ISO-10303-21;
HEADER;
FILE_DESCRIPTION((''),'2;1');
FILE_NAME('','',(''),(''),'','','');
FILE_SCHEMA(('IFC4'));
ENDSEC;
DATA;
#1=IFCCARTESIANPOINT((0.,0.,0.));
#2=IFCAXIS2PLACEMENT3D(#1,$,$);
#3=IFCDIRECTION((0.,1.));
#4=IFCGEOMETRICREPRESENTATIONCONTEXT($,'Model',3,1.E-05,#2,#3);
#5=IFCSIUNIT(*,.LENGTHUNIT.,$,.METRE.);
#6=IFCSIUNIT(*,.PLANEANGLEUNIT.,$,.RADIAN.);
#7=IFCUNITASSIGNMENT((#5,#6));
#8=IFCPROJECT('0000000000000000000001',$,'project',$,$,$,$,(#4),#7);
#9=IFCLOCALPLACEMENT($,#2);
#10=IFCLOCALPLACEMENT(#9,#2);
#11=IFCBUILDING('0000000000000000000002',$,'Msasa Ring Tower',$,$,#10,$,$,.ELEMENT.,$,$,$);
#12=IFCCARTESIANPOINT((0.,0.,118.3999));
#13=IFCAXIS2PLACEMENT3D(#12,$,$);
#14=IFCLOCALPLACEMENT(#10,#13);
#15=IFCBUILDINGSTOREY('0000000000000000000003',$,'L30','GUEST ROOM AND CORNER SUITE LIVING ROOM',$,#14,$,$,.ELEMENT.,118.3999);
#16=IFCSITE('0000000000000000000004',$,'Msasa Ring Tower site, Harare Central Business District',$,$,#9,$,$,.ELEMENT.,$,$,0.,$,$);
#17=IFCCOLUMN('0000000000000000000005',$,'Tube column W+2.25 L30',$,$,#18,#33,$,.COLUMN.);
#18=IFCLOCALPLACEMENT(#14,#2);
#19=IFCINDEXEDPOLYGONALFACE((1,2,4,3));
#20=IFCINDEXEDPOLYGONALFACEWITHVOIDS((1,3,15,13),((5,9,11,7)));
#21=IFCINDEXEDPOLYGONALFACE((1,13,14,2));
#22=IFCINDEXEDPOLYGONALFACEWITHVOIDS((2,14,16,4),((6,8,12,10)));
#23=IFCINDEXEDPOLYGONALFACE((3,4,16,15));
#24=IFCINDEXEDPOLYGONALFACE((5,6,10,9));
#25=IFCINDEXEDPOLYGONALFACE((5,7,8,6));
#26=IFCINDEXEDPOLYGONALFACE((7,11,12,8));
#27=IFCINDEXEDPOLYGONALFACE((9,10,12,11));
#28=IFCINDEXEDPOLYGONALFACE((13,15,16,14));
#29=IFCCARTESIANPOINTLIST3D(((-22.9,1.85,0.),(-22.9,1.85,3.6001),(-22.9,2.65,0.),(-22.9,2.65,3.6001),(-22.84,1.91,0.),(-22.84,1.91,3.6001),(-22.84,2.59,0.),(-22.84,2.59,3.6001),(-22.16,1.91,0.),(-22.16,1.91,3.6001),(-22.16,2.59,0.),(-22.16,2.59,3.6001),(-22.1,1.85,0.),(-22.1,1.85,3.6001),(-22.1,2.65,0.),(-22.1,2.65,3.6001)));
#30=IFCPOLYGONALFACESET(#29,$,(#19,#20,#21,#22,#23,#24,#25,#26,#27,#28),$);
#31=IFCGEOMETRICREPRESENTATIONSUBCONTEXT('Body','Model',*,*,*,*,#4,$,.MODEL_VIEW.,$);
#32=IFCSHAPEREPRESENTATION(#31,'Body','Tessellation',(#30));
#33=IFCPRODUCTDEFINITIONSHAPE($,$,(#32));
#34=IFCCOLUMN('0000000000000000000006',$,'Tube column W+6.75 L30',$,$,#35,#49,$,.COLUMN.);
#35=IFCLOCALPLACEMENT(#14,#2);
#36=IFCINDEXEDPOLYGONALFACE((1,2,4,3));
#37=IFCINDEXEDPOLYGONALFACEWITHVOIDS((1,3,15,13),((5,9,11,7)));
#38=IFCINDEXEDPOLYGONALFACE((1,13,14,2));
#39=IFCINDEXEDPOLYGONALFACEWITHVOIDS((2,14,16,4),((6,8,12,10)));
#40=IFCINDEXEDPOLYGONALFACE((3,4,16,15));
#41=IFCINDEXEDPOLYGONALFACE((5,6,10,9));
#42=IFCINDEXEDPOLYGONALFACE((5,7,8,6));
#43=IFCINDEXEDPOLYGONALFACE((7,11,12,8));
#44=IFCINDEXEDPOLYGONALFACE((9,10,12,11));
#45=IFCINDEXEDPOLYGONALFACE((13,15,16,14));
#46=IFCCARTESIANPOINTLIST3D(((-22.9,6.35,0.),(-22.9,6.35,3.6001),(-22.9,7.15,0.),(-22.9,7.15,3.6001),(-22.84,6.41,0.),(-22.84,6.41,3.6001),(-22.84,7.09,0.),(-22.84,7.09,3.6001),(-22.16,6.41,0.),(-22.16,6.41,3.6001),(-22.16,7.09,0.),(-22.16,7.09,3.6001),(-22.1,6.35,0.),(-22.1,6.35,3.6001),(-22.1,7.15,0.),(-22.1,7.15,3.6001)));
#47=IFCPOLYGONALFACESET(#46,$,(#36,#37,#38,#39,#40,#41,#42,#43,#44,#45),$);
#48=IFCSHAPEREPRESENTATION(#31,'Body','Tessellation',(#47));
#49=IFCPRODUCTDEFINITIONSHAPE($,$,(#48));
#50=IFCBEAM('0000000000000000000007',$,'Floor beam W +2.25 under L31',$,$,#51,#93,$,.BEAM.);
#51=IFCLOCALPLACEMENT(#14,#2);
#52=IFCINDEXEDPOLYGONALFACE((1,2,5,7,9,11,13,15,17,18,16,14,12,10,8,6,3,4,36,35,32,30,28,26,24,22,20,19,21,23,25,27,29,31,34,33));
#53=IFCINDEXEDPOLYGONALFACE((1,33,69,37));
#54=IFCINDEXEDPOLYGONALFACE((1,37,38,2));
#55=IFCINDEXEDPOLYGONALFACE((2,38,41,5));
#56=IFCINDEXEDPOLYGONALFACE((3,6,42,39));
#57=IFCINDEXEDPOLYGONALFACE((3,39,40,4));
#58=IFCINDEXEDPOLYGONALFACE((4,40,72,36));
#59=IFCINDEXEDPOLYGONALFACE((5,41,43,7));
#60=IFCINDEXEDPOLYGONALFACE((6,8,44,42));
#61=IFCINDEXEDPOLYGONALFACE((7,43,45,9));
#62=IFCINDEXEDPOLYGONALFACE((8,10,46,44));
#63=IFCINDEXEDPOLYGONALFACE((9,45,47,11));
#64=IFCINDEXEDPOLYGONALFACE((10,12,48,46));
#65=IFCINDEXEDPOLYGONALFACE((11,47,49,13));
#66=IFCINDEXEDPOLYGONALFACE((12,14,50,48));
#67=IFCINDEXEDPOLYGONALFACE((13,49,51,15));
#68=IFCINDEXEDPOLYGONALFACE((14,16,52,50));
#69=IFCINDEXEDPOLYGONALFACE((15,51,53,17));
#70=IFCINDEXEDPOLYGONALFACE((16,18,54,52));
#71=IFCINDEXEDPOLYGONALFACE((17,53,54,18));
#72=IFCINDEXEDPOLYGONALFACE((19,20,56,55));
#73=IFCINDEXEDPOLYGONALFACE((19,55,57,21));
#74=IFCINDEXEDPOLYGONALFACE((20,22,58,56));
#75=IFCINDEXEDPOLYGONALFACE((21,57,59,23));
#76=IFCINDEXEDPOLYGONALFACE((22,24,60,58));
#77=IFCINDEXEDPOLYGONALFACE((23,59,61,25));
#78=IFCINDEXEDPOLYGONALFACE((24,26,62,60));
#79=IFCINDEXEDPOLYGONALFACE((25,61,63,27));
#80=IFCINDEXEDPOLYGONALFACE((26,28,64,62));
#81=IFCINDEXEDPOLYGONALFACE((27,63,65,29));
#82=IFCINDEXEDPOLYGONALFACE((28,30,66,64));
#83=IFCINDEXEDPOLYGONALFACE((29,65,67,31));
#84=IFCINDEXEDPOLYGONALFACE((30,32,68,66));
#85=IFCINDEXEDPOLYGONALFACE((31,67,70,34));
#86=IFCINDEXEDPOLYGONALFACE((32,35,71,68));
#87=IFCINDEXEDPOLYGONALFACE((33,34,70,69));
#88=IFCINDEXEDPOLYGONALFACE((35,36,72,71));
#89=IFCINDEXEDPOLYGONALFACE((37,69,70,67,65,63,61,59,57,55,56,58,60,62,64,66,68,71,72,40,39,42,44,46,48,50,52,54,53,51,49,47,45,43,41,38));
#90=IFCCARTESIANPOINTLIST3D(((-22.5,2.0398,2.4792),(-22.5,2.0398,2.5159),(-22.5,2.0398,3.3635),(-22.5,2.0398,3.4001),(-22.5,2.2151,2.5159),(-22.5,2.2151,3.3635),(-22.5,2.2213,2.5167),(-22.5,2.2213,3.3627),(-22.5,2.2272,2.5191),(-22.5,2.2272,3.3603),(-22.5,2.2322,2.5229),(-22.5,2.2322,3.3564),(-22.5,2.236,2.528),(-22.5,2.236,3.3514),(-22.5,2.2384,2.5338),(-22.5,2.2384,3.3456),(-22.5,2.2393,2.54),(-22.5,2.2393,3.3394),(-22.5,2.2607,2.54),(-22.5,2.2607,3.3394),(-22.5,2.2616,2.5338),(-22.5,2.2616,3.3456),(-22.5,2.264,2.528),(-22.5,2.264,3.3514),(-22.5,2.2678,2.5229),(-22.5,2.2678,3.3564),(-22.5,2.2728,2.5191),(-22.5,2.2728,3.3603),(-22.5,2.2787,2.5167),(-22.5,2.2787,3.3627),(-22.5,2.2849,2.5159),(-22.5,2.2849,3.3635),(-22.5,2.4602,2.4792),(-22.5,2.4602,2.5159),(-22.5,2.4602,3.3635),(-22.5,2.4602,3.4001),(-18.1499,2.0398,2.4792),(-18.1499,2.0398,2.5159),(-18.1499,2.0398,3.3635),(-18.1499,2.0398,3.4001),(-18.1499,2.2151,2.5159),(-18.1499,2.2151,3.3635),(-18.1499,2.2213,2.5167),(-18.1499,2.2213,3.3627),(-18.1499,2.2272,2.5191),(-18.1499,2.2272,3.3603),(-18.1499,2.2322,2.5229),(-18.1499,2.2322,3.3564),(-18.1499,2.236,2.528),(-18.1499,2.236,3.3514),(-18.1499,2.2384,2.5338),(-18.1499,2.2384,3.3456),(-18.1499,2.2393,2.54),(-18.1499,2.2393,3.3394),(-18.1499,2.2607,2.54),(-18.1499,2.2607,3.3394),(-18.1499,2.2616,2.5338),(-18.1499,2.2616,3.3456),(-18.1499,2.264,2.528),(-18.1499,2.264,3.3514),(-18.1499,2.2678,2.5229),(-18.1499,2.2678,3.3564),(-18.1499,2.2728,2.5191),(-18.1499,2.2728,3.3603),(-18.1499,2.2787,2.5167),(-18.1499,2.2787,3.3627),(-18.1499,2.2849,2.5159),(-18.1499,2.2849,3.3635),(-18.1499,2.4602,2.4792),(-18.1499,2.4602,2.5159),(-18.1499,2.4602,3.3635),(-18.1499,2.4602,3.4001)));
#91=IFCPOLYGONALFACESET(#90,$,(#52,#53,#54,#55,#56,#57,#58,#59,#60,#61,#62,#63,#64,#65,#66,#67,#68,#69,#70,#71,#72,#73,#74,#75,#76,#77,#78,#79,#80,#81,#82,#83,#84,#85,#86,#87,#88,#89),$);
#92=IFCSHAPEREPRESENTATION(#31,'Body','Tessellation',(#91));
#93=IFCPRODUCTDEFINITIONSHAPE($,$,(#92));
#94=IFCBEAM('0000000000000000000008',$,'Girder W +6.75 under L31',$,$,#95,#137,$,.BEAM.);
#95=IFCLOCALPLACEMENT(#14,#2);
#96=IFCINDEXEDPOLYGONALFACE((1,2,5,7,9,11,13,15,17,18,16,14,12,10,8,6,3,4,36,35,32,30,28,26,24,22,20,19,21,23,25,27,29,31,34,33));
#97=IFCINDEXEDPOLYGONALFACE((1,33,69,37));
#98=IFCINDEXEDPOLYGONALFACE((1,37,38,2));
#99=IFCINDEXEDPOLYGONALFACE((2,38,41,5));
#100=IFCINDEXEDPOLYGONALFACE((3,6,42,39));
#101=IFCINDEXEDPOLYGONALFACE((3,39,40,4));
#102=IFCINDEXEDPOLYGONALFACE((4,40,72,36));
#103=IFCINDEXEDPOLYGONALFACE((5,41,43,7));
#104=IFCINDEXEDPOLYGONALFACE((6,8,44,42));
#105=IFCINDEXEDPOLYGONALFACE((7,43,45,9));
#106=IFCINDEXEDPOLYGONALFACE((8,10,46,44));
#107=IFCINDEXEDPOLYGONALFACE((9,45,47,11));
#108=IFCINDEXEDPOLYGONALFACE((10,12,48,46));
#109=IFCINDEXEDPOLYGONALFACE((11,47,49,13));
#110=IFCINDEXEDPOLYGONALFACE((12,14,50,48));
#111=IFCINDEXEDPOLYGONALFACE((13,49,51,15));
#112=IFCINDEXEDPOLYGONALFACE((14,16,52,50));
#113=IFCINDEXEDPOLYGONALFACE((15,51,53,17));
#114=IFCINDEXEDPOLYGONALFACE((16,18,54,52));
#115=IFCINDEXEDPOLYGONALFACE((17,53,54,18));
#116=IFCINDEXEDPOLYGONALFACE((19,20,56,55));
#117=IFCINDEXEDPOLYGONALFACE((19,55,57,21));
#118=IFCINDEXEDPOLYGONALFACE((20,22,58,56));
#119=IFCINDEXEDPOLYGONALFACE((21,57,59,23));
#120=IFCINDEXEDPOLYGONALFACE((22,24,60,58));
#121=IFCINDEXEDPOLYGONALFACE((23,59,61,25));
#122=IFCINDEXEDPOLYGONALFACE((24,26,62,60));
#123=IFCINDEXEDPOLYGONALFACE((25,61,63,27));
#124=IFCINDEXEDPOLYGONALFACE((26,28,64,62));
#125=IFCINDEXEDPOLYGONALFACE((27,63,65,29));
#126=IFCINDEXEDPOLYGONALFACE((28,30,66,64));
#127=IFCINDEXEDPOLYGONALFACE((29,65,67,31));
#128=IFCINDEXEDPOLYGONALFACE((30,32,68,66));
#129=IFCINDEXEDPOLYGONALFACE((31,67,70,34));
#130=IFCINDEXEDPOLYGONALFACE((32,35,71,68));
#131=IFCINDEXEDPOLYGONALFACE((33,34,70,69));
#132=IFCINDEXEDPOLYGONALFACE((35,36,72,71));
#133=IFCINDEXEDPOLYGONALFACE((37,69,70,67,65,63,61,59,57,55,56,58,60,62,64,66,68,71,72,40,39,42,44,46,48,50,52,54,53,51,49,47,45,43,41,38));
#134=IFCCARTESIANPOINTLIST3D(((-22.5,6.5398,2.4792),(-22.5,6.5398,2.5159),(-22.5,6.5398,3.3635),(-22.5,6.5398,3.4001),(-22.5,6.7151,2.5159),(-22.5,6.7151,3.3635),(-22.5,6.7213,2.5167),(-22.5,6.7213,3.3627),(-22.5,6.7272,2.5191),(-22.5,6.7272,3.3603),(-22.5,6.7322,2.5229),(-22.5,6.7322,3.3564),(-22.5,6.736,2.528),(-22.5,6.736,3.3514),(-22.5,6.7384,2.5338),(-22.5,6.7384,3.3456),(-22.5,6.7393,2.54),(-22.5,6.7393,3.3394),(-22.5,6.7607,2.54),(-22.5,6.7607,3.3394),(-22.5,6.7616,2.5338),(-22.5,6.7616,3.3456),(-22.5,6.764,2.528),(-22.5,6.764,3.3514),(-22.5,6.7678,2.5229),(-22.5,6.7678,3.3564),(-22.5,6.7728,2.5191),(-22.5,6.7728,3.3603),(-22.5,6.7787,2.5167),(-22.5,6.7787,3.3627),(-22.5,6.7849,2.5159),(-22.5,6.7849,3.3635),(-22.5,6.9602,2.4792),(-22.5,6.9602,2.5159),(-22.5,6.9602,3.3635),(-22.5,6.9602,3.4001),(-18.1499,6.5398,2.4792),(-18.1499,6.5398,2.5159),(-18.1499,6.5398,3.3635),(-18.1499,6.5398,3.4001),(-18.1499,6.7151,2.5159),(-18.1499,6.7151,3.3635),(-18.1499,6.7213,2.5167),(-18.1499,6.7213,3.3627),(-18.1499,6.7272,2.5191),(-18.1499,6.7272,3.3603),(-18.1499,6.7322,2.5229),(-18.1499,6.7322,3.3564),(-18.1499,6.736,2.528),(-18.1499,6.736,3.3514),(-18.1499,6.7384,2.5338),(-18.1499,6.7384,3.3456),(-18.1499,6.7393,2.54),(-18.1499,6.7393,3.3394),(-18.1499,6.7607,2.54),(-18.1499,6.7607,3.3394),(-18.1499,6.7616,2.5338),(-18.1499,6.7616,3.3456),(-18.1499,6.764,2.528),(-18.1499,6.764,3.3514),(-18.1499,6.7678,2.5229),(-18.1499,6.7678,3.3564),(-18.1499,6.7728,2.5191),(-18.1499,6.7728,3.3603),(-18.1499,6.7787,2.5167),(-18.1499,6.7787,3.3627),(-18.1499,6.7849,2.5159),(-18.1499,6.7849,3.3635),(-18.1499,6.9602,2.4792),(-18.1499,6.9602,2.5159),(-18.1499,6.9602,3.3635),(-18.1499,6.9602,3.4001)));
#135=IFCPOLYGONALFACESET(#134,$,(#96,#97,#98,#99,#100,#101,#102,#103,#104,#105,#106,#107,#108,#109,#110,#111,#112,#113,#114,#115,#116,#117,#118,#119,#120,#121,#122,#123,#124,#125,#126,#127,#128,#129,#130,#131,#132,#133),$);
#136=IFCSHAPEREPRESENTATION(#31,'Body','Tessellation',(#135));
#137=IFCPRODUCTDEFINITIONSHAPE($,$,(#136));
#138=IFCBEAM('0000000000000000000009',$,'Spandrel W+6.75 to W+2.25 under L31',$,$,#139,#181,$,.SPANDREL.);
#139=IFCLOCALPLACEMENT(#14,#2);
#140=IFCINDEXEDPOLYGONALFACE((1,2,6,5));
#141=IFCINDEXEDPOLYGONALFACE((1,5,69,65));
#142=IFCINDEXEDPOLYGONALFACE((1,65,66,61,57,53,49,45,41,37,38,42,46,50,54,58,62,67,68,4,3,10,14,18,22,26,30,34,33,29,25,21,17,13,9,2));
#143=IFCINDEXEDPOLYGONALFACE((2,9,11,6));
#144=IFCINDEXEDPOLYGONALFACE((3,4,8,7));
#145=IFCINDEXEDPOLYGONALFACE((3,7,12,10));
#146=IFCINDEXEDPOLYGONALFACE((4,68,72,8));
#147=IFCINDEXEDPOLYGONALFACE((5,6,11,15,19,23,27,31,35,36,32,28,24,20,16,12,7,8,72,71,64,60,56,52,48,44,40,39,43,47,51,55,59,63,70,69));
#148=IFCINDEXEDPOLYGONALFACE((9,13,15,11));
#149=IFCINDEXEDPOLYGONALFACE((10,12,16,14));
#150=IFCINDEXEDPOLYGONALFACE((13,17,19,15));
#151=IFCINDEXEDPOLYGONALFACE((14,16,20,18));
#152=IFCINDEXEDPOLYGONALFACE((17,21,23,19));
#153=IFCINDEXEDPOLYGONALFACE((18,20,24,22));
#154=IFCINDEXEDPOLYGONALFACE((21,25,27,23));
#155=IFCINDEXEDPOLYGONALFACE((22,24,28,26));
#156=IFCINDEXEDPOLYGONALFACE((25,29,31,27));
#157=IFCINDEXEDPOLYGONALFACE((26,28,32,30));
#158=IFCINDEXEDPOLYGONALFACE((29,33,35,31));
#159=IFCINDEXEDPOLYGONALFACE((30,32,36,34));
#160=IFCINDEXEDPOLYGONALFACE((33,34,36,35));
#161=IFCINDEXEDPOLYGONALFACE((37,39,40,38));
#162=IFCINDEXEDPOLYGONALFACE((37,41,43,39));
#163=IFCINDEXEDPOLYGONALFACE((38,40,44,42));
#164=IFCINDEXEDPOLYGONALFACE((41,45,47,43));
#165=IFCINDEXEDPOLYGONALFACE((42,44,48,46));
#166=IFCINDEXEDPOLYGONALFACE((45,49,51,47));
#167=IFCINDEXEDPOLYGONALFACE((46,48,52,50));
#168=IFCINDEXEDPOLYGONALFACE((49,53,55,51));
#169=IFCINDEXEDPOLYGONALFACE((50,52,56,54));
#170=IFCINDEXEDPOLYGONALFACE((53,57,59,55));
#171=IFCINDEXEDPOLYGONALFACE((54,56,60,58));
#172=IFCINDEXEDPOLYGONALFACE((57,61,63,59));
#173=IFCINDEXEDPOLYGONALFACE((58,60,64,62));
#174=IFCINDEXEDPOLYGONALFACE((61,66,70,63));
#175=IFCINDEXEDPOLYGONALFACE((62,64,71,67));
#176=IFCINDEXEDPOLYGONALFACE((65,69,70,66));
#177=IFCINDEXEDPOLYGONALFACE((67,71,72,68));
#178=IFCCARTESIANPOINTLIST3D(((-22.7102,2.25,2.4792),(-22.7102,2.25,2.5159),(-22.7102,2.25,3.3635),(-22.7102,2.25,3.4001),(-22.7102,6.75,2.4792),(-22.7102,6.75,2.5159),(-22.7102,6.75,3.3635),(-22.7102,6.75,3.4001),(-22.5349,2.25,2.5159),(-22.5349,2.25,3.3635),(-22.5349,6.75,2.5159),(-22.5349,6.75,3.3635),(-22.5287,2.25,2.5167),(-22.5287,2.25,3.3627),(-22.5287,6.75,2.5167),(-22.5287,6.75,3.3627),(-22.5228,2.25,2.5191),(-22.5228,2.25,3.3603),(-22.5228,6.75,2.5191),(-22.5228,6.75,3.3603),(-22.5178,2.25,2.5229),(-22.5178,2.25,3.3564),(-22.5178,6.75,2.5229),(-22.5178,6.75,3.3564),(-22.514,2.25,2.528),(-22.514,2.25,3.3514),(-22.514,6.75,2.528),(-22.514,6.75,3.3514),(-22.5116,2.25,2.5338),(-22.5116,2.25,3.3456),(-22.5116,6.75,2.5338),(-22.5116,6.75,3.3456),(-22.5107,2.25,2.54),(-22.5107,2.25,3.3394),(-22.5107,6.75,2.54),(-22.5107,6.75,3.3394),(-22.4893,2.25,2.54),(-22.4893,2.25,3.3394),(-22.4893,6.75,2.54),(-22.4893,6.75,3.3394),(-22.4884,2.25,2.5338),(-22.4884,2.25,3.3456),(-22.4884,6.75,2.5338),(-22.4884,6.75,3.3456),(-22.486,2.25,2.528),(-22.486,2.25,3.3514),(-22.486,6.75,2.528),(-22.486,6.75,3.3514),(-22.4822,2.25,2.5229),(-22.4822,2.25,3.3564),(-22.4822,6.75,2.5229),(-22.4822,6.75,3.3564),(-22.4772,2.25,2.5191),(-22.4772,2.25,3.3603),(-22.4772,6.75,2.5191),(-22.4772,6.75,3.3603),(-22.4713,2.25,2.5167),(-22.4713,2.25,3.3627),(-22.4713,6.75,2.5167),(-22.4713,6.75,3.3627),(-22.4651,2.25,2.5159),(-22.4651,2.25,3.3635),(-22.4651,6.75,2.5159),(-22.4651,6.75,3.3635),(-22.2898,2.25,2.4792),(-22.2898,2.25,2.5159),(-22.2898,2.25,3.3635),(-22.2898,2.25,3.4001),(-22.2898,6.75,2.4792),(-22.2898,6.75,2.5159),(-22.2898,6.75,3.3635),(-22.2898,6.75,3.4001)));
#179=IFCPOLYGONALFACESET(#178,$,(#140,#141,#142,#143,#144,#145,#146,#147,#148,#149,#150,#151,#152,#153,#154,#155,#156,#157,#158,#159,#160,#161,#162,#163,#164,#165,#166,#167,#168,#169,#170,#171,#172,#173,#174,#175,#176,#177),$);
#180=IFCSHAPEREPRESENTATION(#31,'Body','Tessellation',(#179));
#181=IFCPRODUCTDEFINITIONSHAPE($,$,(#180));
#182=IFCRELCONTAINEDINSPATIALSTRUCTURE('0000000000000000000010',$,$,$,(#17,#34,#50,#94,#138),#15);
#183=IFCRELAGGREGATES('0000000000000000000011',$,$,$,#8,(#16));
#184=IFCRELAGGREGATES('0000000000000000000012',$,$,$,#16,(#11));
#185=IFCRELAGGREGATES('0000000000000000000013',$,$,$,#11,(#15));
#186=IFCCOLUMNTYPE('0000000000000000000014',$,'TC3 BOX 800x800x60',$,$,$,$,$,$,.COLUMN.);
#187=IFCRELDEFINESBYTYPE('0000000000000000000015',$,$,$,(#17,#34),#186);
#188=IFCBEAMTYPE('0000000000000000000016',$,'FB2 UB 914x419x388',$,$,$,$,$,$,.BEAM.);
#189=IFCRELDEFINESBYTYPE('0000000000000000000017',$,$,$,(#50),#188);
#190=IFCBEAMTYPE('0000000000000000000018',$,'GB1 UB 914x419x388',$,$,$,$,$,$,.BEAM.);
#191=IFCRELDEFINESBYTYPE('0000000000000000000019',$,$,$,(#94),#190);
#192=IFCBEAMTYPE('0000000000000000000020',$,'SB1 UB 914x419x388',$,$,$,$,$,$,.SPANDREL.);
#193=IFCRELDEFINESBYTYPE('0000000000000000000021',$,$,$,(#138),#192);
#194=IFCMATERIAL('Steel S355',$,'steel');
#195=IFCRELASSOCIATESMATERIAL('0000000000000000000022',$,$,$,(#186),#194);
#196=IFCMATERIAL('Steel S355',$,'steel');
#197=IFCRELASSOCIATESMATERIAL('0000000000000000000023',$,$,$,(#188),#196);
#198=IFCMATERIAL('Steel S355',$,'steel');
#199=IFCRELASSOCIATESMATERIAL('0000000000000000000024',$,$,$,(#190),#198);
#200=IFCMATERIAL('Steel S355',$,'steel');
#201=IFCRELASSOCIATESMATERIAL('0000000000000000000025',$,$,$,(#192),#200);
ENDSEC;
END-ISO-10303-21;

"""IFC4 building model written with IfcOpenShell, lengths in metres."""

from ifc_helpers import new_model, si_unit, direction, frame, origin, origin_2d, place, context, subcontext, project, spatial, hollow_rectangle, i_section, extrude, material, material_profile, profile_set, type_object, element, save


model = new_model("IFC4")

# Units and contexts
model_context = context("Model", 3, precision=1e-05, world=origin(), true_north=direction((0.0, 1.0)))
body_context = subcontext(model_context, "Body", "Model", "MODEL_VIEW")
ifc_project = project(units=[si_unit("LENGTHUNIT", "METRE"), si_unit("PLANEANGLEUNIT", "RADIAN")], contexts=[model_context])

# Site, building, storey
site_placement = place(None, origin())
site = spatial("IfcSite", under=ifc_project, at=site_placement, Name="Msasa Ring Tower site, Harare Central Business District", CompositionType="ELEMENT", RefElevation=0.0)
building_placement = place(site_placement, origin())
building = spatial("IfcBuilding", under=site, at=building_placement, Name="Msasa Ring Tower", CompositionType="ELEMENT")
storey_placement = place(building_placement, frame((0.0, 0.0, 118.3999)))
storey = spatial("IfcBuildingStorey", under=building, at=storey_placement, Name="L30", Description="GUEST ROOM AND CORNER SUITE LIVING ROOM", CompositionType="ELEMENT", Elevation=118.3999)

# Columns
ifc_material_1 = material(Name="Steel S355", Category="steel")
ifc_material_profile_1 = material_profile(ifc_material_1, hollow_rectangle(XDim=0.8, YDim=0.8, WallThickness=0.0601, at=origin_2d()), Name="BOX 800x800x60")
ifc_profile_set_1 = profile_set([ifc_material_profile_1], Name="Steel S355")
column_type = type_object("IfcColumnType", Name="TC3 BOX 800x800x60", PredefinedType="COLUMN", material=ifc_profile_set_1)
for number, where, z_axis, x_axis, name in (
    (1, (-22.5, 2.25, 0.0), (0.0, 0.0, 1.0), (1.0, 0.0, 0.0), "Tube column W+2.25 L30"),
    (2, (-22.5, 6.75, 0.0), (0.0, 0.0, 1.0), (1.0, 0.0, 0.0), "Tube column W+6.75 L30"),
):
    element("IfcColumn", number, at=place(storey_placement, frame(where, z_axis=z_axis, x_axis=x_axis)), inside=storey, type_object=column_type, Name=name, PredefinedType="COLUMN", context=body_context, shape_type="SweptSolid", body=[
        extrude(hollow_rectangle(XDim=0.8, YDim=0.8, WallThickness=0.0601, at=origin_2d()), origin(), (0.0, 0.0, 1.0), 3.6001),
    ])

# Beams
ifc_material_2 = material(Name="Steel S355", Category="steel")
ifc_material_profile_2 = material_profile(ifc_material_2, i_section(OverallWidth=0.4204, OverallDepth=0.9209, WebThickness=0.0215, FlangeThickness=0.0366, FilletRadius=0.0242, at=origin_2d()), Name="UB 914x419x388")
ifc_profile_set_2 = profile_set([ifc_material_profile_2], Name="Steel S355")
beam_type_1 = type_object("IfcBeamType", Name="FB2 UB 914x419x388", PredefinedType="BEAM", material=ifc_profile_set_2)
beam_1_placement = place(storey_placement, frame((-22.5, 2.25, 2.9397), z_axis=(1.0, 0.0, 0.0), x_axis=(0.0, 1.0, 0.0)))
element("IfcBeam", 3, at=beam_1_placement, inside=storey, type_object=beam_type_1, Name="Floor beam W +2.25 under L31", PredefinedType="BEAM", context=body_context, shape_type="SweptSolid", body=[
    extrude(i_section(OverallWidth=0.4204, OverallDepth=0.9209, WebThickness=0.0215, FlangeThickness=0.0366, FilletRadius=0.0242, at=origin_2d()), origin(), (0.0, 0.0, 1.0), 4.3501),
])
ifc_material_3 = material(Name="Steel S355", Category="steel")
ifc_material_profile_3 = material_profile(ifc_material_3, i_section(OverallWidth=0.4204, OverallDepth=0.9209, WebThickness=0.0215, FlangeThickness=0.0366, FilletRadius=0.0242, at=origin_2d()), Name="UB 914x419x388")
ifc_profile_set_3 = profile_set([ifc_material_profile_3], Name="Steel S355")
beam_type_2 = type_object("IfcBeamType", Name="GB1 UB 914x419x388", PredefinedType="BEAM", material=ifc_profile_set_3)
beam_2_placement = place(storey_placement, frame((-18.1499, 6.75, 2.9397), z_axis=(-1.0, 0.0, 0.0), x_axis=(0.0, -1.0, 0.0)))
element("IfcBeam", 4, at=beam_2_placement, inside=storey, type_object=beam_type_2, Name="Girder W +6.75 under L31", PredefinedType="BEAM", context=body_context, shape_type="SweptSolid", body=[
    extrude(i_section(OverallWidth=0.4204, OverallDepth=0.9209, WebThickness=0.0215, FlangeThickness=0.0366, FilletRadius=0.0242, at=origin_2d()), origin(), (0.0, 0.0, 1.0), 4.3501),
])
ifc_material_4 = material(Name="Steel S355", Category="steel")
ifc_material_profile_4 = material_profile(ifc_material_4, i_section(OverallWidth=0.4204, OverallDepth=0.9209, WebThickness=0.0215, FlangeThickness=0.0366, FilletRadius=0.0242, at=origin_2d()), Name="UB 914x419x388")
ifc_profile_set_4 = profile_set([ifc_material_profile_4], Name="Steel S355")
beam_type_3 = type_object("IfcBeamType", Name="SB1 UB 914x419x388", PredefinedType="SPANDREL", material=ifc_profile_set_4)
for number, where, z_axis, x_axis, name in (
    (5, (-22.5, 6.75, 2.9397), (0.0, -1.0, 0.0), (1.0, 0.0, 0.0), "Spandrel W+6.75 to W+2.25 under L31"),
):
    element("IfcBeam", number, at=place(storey_placement, frame(where, z_axis=z_axis, x_axis=x_axis)), inside=storey, type_object=beam_type_3, Name=name, PredefinedType="SPANDREL", context=body_context, shape_type="SweptSolid", body=[
        extrude(i_section(OverallWidth=0.4204, OverallDepth=0.9209, WebThickness=0.0215, FlangeThickness=0.0366, FilletRadius=0.0242, at=origin_2d()), origin(), (0.0, 0.0, 1.0), 4.5),
    ])

save(model, "model.ifc")
